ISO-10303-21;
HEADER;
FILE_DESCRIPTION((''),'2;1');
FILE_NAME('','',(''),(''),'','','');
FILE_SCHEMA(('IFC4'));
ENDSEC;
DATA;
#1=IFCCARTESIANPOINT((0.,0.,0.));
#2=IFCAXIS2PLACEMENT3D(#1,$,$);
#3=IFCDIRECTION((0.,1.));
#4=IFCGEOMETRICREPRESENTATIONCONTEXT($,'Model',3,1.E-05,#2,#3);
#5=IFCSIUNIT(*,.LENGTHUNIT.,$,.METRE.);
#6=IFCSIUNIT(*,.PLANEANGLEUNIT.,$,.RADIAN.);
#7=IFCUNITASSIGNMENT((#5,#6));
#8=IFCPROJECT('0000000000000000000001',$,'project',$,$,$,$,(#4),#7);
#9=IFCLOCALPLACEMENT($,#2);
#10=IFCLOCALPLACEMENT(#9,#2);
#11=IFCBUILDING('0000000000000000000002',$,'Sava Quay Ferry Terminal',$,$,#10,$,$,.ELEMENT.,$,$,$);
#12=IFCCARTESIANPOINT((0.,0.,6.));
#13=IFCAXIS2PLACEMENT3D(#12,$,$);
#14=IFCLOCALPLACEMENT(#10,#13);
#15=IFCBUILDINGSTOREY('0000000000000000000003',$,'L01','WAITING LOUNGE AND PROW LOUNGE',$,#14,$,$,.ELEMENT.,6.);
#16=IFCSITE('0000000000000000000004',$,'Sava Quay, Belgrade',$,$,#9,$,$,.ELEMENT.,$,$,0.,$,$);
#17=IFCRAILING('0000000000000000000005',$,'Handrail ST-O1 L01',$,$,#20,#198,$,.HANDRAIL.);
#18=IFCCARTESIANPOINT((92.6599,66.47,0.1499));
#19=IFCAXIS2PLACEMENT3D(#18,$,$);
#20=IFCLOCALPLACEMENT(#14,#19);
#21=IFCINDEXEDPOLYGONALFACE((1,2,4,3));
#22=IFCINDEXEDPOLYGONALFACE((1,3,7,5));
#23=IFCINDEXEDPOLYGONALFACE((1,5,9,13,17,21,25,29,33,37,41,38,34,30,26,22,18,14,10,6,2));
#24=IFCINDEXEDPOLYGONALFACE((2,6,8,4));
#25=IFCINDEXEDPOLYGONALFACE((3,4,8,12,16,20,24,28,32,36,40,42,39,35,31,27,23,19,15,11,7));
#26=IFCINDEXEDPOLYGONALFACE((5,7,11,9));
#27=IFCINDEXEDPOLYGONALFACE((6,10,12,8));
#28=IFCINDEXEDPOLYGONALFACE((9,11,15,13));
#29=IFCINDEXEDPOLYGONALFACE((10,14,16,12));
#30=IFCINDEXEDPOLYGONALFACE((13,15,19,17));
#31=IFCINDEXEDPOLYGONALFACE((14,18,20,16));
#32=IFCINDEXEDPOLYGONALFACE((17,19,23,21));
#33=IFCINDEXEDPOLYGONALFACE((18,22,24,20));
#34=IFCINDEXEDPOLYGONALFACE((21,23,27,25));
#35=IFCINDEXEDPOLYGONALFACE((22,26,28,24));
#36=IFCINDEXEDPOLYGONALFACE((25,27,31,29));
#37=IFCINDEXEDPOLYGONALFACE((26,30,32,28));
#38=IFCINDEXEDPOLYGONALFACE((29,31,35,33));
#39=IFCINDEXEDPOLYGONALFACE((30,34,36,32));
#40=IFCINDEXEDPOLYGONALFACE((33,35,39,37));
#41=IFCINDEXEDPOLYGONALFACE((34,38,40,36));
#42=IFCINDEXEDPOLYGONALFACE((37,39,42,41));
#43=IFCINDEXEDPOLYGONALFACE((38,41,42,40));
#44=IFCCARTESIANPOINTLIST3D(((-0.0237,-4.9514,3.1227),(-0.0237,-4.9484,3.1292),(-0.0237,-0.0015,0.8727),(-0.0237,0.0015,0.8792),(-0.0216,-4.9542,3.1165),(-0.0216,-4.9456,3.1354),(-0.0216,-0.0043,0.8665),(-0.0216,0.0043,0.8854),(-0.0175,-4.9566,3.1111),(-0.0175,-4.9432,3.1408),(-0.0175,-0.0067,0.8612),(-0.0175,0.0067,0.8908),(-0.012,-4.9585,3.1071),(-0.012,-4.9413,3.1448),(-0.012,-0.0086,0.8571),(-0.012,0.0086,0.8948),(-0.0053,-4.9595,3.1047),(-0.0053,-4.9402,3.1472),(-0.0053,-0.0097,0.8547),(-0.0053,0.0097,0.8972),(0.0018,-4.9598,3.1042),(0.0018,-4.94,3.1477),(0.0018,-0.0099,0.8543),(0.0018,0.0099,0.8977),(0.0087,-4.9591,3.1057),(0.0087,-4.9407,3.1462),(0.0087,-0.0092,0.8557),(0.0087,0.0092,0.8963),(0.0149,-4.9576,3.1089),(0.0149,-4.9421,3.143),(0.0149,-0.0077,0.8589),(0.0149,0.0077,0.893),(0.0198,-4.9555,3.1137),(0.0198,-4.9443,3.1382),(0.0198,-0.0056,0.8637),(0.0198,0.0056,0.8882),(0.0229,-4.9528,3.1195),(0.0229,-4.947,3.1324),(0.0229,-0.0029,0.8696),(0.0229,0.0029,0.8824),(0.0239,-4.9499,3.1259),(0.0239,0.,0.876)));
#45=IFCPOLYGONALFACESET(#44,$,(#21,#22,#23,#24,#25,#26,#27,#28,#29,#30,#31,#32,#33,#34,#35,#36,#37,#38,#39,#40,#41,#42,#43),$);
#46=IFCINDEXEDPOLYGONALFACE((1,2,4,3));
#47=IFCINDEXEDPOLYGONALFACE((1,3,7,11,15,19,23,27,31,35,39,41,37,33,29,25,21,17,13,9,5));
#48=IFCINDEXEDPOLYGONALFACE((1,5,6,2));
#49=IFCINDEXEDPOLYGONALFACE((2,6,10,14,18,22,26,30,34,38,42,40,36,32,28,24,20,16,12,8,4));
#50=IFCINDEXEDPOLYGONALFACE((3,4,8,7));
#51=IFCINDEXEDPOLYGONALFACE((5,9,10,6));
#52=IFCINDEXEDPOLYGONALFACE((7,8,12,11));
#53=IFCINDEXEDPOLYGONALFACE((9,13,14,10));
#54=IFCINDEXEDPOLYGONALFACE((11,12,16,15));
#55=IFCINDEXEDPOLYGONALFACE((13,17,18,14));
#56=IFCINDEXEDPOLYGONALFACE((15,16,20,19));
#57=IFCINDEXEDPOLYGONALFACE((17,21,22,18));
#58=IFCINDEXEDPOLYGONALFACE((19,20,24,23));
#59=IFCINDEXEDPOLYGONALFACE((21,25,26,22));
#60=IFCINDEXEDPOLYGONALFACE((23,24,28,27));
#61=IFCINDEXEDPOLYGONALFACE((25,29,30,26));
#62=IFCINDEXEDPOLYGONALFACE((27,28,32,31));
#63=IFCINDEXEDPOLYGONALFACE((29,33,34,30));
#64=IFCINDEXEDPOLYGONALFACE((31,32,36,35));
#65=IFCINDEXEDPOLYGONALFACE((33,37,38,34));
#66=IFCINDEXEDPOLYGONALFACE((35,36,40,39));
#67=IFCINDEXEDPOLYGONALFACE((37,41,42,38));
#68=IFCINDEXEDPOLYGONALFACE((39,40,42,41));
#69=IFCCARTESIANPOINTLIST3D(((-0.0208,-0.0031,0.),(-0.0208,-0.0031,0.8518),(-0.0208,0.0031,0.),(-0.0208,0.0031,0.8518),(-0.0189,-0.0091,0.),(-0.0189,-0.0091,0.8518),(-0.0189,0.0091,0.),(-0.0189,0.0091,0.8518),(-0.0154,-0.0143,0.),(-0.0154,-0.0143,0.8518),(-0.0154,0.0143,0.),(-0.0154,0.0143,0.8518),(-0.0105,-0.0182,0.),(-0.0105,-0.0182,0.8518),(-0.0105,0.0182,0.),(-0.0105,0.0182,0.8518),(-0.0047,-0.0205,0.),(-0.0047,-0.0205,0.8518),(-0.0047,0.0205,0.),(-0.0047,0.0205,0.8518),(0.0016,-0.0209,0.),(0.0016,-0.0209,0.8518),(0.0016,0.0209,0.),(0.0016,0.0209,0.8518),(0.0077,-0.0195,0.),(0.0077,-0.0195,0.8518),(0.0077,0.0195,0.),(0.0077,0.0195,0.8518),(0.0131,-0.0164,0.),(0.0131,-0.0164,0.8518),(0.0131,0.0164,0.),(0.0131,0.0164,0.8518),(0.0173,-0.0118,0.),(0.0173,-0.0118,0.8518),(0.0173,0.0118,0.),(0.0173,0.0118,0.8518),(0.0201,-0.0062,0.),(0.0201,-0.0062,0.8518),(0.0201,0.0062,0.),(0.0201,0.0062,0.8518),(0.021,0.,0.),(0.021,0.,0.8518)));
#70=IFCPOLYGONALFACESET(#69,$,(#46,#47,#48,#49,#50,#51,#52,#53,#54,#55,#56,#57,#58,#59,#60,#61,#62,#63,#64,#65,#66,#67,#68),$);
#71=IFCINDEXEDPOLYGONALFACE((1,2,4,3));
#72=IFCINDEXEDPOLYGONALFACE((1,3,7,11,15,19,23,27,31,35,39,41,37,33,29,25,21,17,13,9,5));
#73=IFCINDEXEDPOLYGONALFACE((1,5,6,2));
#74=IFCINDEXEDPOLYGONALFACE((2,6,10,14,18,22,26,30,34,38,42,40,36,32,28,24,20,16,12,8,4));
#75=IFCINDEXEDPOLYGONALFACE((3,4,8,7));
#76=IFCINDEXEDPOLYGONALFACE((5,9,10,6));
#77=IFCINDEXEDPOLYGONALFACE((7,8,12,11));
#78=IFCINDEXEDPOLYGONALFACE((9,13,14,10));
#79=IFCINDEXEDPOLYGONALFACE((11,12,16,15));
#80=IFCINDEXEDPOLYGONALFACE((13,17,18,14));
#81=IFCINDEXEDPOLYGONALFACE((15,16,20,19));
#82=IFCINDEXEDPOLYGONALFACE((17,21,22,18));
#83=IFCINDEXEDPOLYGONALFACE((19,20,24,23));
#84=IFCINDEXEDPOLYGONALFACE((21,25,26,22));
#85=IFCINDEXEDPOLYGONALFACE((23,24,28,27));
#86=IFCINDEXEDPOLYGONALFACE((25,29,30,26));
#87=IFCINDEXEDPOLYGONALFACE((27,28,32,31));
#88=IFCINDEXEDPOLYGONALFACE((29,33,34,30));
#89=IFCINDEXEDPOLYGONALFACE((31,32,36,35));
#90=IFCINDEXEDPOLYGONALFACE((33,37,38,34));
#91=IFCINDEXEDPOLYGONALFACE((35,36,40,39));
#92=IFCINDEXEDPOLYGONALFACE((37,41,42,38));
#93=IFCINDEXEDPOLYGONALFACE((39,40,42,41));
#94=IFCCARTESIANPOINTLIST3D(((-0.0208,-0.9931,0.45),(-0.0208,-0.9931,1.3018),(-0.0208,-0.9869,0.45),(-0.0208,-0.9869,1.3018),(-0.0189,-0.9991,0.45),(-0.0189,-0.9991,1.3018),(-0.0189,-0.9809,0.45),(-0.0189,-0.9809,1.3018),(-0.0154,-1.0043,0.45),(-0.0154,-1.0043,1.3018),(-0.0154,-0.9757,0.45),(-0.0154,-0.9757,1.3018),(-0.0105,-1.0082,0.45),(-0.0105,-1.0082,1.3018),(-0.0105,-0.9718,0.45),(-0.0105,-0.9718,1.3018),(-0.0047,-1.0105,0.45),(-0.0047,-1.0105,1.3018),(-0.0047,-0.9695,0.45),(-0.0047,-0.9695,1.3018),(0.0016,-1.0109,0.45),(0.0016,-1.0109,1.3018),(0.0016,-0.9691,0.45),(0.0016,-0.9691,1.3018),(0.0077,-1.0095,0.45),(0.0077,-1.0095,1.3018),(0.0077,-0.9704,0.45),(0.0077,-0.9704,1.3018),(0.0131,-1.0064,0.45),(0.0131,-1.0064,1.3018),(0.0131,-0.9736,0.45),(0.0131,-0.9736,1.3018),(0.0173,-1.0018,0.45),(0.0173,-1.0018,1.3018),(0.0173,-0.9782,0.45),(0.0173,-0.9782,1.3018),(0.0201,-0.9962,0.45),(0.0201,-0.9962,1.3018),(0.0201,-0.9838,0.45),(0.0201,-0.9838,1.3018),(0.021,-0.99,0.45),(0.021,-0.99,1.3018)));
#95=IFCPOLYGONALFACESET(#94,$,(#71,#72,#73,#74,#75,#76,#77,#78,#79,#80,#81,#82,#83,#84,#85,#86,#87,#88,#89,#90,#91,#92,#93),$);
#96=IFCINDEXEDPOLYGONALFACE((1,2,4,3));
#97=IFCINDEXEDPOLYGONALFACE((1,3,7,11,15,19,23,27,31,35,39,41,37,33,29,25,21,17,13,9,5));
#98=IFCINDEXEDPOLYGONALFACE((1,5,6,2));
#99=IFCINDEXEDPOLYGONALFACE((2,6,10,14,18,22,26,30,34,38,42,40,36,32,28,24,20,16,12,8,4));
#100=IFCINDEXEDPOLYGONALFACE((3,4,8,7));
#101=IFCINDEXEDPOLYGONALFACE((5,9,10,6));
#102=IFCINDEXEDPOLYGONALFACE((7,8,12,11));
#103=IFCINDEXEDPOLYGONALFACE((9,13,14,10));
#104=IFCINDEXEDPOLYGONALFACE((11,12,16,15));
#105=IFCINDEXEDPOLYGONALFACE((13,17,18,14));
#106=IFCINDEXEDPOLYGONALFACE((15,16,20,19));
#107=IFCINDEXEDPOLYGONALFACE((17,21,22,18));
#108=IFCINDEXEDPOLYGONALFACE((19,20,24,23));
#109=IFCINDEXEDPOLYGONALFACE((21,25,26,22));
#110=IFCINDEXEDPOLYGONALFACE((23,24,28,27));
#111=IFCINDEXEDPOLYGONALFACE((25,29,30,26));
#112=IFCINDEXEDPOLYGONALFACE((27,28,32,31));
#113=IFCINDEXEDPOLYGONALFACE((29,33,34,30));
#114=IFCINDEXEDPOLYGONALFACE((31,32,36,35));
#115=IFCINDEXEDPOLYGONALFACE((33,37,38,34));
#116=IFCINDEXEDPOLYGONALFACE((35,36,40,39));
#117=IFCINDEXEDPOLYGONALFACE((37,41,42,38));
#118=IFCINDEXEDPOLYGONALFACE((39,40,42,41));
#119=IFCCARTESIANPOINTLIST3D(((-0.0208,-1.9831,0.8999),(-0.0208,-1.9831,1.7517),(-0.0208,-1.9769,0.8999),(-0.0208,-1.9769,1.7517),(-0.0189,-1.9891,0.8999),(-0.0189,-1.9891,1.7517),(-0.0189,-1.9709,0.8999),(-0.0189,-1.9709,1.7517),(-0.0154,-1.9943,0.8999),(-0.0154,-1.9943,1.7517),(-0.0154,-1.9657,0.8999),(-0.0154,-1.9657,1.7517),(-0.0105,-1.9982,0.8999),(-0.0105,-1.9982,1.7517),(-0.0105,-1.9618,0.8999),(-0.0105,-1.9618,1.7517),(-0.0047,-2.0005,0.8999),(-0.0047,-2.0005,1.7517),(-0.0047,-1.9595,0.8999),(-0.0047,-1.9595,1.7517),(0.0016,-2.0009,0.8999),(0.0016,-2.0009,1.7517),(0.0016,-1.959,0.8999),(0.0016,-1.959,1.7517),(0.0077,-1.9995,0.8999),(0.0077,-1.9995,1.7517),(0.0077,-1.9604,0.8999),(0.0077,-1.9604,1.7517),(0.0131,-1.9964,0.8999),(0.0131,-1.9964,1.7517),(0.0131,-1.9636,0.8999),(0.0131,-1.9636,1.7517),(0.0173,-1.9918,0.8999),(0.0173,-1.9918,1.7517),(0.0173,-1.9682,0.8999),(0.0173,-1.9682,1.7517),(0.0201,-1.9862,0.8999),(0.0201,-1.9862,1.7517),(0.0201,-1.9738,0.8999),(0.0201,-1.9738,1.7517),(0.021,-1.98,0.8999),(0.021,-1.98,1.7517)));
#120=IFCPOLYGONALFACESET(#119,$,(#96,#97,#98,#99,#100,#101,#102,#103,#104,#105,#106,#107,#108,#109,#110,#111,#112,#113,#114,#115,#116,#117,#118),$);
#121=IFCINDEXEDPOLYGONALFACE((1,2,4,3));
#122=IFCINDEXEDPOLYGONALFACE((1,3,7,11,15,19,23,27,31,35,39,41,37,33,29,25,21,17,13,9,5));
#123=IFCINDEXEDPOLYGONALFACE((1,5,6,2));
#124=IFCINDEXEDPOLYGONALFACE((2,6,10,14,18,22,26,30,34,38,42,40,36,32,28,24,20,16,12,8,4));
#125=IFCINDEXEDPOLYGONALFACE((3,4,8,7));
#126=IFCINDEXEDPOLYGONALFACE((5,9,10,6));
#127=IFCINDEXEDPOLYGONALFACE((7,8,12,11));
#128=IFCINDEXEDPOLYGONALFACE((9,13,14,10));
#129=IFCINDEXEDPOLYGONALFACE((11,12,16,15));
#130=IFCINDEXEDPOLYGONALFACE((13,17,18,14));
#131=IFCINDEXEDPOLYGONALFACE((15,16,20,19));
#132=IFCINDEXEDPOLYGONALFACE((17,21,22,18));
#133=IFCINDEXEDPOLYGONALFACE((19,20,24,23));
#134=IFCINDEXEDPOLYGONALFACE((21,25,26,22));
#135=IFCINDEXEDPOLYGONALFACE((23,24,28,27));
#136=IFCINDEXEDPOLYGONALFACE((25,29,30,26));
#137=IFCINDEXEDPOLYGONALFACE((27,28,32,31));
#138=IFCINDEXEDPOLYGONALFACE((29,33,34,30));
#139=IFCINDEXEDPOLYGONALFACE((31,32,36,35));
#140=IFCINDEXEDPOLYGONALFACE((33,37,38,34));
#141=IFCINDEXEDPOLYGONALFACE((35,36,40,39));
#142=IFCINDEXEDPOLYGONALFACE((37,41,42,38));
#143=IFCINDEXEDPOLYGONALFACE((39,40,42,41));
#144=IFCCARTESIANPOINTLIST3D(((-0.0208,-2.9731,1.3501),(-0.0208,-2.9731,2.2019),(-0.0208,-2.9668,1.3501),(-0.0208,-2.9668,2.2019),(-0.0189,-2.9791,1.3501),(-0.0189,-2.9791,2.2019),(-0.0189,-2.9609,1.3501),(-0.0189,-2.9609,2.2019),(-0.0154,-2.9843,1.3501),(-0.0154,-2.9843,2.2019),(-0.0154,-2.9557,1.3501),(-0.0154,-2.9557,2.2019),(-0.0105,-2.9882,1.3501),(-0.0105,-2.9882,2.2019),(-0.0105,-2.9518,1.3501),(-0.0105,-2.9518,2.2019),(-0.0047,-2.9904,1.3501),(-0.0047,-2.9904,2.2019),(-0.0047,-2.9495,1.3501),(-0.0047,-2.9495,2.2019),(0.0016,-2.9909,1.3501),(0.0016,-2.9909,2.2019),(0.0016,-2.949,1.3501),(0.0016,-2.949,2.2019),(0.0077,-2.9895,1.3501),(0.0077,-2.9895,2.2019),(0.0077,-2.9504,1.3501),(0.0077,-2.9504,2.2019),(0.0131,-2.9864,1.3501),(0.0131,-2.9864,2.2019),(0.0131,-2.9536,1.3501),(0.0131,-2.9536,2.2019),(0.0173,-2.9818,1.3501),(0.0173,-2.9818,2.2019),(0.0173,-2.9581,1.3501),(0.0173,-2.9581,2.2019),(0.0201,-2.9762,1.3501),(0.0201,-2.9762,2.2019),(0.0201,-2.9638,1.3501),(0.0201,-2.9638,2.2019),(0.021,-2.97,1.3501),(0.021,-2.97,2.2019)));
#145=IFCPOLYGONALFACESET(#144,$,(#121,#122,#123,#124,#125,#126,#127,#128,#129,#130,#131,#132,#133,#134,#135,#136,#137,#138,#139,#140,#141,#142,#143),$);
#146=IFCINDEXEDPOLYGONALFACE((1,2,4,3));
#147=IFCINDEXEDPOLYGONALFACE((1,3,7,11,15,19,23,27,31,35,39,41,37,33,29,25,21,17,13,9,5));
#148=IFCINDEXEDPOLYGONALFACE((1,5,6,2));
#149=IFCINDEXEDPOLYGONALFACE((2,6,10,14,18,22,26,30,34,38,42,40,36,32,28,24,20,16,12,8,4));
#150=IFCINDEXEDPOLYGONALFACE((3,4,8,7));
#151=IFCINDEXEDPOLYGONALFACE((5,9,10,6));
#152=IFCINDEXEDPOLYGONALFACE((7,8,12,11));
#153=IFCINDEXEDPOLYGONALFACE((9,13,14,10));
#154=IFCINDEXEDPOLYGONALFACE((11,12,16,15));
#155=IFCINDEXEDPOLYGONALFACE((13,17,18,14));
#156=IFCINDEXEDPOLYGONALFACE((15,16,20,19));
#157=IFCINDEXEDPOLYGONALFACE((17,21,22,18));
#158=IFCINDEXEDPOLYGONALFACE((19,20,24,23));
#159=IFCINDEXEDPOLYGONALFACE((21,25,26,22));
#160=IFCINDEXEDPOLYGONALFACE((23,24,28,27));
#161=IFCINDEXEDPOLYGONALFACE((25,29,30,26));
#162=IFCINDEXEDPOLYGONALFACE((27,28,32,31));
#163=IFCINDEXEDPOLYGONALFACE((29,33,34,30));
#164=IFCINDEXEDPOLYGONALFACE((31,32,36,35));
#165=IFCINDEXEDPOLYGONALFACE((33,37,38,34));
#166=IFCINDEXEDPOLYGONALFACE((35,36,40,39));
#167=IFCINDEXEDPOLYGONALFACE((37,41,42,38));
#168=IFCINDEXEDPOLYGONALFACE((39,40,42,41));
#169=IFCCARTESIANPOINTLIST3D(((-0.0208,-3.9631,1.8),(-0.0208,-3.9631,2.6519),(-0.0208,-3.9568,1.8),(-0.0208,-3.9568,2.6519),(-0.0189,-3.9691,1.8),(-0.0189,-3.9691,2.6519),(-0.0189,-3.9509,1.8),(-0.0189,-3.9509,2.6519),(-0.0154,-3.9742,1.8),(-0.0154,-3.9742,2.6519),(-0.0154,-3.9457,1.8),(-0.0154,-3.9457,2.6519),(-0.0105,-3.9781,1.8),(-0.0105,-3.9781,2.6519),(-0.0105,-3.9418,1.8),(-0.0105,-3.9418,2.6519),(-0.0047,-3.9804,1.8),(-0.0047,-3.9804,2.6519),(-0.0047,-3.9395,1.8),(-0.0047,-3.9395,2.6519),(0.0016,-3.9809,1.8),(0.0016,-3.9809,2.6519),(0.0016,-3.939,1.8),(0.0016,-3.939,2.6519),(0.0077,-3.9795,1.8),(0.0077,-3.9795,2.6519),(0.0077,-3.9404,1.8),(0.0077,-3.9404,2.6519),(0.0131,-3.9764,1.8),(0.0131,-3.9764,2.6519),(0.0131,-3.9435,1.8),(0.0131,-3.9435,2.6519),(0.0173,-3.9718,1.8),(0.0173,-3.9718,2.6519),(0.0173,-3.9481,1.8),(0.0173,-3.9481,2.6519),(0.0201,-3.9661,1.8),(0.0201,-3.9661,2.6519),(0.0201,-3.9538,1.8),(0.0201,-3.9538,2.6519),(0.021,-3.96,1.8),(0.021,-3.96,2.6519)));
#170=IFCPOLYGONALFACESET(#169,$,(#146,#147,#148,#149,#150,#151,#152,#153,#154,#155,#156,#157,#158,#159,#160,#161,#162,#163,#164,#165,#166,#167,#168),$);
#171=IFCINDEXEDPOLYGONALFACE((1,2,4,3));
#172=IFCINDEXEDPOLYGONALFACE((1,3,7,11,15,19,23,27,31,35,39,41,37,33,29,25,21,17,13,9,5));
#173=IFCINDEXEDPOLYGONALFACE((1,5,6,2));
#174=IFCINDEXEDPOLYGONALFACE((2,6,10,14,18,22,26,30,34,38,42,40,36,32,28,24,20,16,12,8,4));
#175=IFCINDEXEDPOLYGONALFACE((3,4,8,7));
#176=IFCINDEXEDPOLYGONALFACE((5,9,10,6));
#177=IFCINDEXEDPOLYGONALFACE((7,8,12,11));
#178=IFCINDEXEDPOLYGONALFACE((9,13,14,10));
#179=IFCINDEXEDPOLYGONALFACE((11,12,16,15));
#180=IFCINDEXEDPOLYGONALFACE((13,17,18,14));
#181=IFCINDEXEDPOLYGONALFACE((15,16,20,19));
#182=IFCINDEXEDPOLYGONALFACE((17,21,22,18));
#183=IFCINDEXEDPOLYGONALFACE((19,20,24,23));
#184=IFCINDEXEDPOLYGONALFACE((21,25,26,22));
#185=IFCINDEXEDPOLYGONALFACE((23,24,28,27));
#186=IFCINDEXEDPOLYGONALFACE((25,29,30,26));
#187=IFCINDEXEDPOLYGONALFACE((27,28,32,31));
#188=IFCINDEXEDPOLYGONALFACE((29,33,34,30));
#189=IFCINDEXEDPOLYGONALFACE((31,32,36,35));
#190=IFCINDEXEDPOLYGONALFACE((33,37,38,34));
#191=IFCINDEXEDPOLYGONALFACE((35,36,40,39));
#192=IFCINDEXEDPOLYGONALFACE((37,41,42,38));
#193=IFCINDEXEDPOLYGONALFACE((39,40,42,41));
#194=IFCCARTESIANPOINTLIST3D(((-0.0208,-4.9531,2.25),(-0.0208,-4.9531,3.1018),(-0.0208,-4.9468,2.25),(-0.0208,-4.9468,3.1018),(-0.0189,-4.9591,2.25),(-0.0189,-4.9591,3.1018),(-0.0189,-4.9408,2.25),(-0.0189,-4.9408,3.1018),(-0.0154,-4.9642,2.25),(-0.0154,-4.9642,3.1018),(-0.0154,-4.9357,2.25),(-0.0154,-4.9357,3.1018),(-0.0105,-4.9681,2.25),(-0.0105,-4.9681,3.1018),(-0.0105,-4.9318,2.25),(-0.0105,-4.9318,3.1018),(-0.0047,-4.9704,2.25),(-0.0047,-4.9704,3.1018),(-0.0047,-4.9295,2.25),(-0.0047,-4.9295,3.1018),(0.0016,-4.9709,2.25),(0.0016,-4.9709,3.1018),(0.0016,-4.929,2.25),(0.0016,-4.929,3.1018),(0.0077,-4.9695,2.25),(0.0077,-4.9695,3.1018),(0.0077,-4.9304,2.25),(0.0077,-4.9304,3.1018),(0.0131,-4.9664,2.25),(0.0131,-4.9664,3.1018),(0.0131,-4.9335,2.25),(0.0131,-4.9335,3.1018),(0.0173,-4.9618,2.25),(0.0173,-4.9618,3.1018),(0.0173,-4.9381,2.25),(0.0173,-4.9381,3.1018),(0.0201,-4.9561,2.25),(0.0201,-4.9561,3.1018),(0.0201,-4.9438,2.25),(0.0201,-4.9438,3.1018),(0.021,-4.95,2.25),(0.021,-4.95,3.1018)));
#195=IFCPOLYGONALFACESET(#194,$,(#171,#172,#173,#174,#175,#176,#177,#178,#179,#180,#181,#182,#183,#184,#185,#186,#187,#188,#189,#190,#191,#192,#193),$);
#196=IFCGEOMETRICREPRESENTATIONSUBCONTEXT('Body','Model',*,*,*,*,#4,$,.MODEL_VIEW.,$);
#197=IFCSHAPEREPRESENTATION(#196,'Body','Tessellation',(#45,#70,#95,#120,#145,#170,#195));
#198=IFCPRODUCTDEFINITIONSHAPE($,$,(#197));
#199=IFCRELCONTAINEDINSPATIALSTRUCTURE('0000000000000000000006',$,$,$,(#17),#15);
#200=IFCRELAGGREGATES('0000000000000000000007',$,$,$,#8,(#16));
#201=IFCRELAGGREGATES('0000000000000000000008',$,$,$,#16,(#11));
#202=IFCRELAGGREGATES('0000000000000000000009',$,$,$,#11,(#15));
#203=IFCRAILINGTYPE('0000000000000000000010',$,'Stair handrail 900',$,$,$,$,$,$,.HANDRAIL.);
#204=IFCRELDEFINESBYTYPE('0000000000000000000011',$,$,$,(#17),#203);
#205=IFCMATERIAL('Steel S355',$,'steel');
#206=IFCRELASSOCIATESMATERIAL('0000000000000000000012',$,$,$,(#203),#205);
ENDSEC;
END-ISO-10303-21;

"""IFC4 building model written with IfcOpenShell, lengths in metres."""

from ifc_helpers import new_model, si_unit, direction, frame, origin, origin_2d, place, context, subcontext, project, spatial, circle, extrude, material, type_object, element, save


model = new_model("IFC4")

# Units and contexts
model_context = context("Model", 3, precision=1e-05, world=origin(), true_north=direction((0.0, 1.0)))
body_context = subcontext(model_context, "Body", "Model", "MODEL_VIEW")
ifc_project = project(units=[si_unit("LENGTHUNIT", "METRE"), si_unit("PLANEANGLEUNIT", "RADIAN")], contexts=[model_context])

# Site, building, storey
site_placement = place(None, origin())
site = spatial("IfcSite", under=ifc_project, at=site_placement, Name="Sava Quay, Belgrade", CompositionType="ELEMENT", RefElevation=0.0)
building_placement = place(site_placement, origin())
building = spatial("IfcBuilding", under=site, at=building_placement, Name="Sava Quay Ferry Terminal", CompositionType="ELEMENT")
storey_placement = place(building_placement, frame((0.0, 0.0, 6.0)))
storey = spatial("IfcBuildingStorey", under=building, at=storey_placement, Name="L01", Description="WAITING LOUNGE AND PROW LOUNGE", CompositionType="ELEMENT", Elevation=6.0)

# Railing
ifc_material_1 = material(Name="Steel S355", Category="steel")
railing_type_1 = type_object("IfcRailingType", Name="Stair handrail 900", PredefinedType="HANDRAIL", material=ifc_material_1)
railing_1_placement = place(storey_placement, frame((92.6599, 66.47, 0.1499)))
element("IfcRailing", 1, at=railing_1_placement, inside=storey, type_object=railing_type_1, Name="Handrail ST-O1 L01", PredefinedType="HANDRAIL", context=body_context, shape_type="SweptSolid", body=[
    extrude(circle(Radius=0.0239, at=origin_2d()), frame((0.0, 0.0, 0.876), z_axis=(0.0, -0.910365, 0.413806), x_axis=(1.0, 0.0, 0.0)), (0.0, 0.0, 1.0), 5.4373),
    extrude(circle(Radius=0.021, at=origin_2d()), origin(), (0.0, 0.0, 1.0), 0.8518),
    extrude(circle(Radius=0.021, at=origin_2d()), frame((0.0, -0.99, 0.45)), (0.0, 0.0, 1.0), 0.8518),
    extrude(circle(Radius=0.021, at=origin_2d()), frame((0.0, -1.98, 0.8999)), (0.0, 0.0, 1.0), 0.8518),
    extrude(circle(Radius=0.021, at=origin_2d()), frame((0.0, -2.97, 1.3501)), (0.0, 0.0, 1.0), 0.8518),
    extrude(circle(Radius=0.021, at=origin_2d()), frame((0.0, -3.96, 1.8)), (0.0, 0.0, 1.0), 0.8518),
    extrude(circle(Radius=0.021, at=origin_2d()), frame((0.0, -4.95, 2.25)), (0.0, 0.0, 1.0), 0.8518),
])

save(model, "model.ifc")
